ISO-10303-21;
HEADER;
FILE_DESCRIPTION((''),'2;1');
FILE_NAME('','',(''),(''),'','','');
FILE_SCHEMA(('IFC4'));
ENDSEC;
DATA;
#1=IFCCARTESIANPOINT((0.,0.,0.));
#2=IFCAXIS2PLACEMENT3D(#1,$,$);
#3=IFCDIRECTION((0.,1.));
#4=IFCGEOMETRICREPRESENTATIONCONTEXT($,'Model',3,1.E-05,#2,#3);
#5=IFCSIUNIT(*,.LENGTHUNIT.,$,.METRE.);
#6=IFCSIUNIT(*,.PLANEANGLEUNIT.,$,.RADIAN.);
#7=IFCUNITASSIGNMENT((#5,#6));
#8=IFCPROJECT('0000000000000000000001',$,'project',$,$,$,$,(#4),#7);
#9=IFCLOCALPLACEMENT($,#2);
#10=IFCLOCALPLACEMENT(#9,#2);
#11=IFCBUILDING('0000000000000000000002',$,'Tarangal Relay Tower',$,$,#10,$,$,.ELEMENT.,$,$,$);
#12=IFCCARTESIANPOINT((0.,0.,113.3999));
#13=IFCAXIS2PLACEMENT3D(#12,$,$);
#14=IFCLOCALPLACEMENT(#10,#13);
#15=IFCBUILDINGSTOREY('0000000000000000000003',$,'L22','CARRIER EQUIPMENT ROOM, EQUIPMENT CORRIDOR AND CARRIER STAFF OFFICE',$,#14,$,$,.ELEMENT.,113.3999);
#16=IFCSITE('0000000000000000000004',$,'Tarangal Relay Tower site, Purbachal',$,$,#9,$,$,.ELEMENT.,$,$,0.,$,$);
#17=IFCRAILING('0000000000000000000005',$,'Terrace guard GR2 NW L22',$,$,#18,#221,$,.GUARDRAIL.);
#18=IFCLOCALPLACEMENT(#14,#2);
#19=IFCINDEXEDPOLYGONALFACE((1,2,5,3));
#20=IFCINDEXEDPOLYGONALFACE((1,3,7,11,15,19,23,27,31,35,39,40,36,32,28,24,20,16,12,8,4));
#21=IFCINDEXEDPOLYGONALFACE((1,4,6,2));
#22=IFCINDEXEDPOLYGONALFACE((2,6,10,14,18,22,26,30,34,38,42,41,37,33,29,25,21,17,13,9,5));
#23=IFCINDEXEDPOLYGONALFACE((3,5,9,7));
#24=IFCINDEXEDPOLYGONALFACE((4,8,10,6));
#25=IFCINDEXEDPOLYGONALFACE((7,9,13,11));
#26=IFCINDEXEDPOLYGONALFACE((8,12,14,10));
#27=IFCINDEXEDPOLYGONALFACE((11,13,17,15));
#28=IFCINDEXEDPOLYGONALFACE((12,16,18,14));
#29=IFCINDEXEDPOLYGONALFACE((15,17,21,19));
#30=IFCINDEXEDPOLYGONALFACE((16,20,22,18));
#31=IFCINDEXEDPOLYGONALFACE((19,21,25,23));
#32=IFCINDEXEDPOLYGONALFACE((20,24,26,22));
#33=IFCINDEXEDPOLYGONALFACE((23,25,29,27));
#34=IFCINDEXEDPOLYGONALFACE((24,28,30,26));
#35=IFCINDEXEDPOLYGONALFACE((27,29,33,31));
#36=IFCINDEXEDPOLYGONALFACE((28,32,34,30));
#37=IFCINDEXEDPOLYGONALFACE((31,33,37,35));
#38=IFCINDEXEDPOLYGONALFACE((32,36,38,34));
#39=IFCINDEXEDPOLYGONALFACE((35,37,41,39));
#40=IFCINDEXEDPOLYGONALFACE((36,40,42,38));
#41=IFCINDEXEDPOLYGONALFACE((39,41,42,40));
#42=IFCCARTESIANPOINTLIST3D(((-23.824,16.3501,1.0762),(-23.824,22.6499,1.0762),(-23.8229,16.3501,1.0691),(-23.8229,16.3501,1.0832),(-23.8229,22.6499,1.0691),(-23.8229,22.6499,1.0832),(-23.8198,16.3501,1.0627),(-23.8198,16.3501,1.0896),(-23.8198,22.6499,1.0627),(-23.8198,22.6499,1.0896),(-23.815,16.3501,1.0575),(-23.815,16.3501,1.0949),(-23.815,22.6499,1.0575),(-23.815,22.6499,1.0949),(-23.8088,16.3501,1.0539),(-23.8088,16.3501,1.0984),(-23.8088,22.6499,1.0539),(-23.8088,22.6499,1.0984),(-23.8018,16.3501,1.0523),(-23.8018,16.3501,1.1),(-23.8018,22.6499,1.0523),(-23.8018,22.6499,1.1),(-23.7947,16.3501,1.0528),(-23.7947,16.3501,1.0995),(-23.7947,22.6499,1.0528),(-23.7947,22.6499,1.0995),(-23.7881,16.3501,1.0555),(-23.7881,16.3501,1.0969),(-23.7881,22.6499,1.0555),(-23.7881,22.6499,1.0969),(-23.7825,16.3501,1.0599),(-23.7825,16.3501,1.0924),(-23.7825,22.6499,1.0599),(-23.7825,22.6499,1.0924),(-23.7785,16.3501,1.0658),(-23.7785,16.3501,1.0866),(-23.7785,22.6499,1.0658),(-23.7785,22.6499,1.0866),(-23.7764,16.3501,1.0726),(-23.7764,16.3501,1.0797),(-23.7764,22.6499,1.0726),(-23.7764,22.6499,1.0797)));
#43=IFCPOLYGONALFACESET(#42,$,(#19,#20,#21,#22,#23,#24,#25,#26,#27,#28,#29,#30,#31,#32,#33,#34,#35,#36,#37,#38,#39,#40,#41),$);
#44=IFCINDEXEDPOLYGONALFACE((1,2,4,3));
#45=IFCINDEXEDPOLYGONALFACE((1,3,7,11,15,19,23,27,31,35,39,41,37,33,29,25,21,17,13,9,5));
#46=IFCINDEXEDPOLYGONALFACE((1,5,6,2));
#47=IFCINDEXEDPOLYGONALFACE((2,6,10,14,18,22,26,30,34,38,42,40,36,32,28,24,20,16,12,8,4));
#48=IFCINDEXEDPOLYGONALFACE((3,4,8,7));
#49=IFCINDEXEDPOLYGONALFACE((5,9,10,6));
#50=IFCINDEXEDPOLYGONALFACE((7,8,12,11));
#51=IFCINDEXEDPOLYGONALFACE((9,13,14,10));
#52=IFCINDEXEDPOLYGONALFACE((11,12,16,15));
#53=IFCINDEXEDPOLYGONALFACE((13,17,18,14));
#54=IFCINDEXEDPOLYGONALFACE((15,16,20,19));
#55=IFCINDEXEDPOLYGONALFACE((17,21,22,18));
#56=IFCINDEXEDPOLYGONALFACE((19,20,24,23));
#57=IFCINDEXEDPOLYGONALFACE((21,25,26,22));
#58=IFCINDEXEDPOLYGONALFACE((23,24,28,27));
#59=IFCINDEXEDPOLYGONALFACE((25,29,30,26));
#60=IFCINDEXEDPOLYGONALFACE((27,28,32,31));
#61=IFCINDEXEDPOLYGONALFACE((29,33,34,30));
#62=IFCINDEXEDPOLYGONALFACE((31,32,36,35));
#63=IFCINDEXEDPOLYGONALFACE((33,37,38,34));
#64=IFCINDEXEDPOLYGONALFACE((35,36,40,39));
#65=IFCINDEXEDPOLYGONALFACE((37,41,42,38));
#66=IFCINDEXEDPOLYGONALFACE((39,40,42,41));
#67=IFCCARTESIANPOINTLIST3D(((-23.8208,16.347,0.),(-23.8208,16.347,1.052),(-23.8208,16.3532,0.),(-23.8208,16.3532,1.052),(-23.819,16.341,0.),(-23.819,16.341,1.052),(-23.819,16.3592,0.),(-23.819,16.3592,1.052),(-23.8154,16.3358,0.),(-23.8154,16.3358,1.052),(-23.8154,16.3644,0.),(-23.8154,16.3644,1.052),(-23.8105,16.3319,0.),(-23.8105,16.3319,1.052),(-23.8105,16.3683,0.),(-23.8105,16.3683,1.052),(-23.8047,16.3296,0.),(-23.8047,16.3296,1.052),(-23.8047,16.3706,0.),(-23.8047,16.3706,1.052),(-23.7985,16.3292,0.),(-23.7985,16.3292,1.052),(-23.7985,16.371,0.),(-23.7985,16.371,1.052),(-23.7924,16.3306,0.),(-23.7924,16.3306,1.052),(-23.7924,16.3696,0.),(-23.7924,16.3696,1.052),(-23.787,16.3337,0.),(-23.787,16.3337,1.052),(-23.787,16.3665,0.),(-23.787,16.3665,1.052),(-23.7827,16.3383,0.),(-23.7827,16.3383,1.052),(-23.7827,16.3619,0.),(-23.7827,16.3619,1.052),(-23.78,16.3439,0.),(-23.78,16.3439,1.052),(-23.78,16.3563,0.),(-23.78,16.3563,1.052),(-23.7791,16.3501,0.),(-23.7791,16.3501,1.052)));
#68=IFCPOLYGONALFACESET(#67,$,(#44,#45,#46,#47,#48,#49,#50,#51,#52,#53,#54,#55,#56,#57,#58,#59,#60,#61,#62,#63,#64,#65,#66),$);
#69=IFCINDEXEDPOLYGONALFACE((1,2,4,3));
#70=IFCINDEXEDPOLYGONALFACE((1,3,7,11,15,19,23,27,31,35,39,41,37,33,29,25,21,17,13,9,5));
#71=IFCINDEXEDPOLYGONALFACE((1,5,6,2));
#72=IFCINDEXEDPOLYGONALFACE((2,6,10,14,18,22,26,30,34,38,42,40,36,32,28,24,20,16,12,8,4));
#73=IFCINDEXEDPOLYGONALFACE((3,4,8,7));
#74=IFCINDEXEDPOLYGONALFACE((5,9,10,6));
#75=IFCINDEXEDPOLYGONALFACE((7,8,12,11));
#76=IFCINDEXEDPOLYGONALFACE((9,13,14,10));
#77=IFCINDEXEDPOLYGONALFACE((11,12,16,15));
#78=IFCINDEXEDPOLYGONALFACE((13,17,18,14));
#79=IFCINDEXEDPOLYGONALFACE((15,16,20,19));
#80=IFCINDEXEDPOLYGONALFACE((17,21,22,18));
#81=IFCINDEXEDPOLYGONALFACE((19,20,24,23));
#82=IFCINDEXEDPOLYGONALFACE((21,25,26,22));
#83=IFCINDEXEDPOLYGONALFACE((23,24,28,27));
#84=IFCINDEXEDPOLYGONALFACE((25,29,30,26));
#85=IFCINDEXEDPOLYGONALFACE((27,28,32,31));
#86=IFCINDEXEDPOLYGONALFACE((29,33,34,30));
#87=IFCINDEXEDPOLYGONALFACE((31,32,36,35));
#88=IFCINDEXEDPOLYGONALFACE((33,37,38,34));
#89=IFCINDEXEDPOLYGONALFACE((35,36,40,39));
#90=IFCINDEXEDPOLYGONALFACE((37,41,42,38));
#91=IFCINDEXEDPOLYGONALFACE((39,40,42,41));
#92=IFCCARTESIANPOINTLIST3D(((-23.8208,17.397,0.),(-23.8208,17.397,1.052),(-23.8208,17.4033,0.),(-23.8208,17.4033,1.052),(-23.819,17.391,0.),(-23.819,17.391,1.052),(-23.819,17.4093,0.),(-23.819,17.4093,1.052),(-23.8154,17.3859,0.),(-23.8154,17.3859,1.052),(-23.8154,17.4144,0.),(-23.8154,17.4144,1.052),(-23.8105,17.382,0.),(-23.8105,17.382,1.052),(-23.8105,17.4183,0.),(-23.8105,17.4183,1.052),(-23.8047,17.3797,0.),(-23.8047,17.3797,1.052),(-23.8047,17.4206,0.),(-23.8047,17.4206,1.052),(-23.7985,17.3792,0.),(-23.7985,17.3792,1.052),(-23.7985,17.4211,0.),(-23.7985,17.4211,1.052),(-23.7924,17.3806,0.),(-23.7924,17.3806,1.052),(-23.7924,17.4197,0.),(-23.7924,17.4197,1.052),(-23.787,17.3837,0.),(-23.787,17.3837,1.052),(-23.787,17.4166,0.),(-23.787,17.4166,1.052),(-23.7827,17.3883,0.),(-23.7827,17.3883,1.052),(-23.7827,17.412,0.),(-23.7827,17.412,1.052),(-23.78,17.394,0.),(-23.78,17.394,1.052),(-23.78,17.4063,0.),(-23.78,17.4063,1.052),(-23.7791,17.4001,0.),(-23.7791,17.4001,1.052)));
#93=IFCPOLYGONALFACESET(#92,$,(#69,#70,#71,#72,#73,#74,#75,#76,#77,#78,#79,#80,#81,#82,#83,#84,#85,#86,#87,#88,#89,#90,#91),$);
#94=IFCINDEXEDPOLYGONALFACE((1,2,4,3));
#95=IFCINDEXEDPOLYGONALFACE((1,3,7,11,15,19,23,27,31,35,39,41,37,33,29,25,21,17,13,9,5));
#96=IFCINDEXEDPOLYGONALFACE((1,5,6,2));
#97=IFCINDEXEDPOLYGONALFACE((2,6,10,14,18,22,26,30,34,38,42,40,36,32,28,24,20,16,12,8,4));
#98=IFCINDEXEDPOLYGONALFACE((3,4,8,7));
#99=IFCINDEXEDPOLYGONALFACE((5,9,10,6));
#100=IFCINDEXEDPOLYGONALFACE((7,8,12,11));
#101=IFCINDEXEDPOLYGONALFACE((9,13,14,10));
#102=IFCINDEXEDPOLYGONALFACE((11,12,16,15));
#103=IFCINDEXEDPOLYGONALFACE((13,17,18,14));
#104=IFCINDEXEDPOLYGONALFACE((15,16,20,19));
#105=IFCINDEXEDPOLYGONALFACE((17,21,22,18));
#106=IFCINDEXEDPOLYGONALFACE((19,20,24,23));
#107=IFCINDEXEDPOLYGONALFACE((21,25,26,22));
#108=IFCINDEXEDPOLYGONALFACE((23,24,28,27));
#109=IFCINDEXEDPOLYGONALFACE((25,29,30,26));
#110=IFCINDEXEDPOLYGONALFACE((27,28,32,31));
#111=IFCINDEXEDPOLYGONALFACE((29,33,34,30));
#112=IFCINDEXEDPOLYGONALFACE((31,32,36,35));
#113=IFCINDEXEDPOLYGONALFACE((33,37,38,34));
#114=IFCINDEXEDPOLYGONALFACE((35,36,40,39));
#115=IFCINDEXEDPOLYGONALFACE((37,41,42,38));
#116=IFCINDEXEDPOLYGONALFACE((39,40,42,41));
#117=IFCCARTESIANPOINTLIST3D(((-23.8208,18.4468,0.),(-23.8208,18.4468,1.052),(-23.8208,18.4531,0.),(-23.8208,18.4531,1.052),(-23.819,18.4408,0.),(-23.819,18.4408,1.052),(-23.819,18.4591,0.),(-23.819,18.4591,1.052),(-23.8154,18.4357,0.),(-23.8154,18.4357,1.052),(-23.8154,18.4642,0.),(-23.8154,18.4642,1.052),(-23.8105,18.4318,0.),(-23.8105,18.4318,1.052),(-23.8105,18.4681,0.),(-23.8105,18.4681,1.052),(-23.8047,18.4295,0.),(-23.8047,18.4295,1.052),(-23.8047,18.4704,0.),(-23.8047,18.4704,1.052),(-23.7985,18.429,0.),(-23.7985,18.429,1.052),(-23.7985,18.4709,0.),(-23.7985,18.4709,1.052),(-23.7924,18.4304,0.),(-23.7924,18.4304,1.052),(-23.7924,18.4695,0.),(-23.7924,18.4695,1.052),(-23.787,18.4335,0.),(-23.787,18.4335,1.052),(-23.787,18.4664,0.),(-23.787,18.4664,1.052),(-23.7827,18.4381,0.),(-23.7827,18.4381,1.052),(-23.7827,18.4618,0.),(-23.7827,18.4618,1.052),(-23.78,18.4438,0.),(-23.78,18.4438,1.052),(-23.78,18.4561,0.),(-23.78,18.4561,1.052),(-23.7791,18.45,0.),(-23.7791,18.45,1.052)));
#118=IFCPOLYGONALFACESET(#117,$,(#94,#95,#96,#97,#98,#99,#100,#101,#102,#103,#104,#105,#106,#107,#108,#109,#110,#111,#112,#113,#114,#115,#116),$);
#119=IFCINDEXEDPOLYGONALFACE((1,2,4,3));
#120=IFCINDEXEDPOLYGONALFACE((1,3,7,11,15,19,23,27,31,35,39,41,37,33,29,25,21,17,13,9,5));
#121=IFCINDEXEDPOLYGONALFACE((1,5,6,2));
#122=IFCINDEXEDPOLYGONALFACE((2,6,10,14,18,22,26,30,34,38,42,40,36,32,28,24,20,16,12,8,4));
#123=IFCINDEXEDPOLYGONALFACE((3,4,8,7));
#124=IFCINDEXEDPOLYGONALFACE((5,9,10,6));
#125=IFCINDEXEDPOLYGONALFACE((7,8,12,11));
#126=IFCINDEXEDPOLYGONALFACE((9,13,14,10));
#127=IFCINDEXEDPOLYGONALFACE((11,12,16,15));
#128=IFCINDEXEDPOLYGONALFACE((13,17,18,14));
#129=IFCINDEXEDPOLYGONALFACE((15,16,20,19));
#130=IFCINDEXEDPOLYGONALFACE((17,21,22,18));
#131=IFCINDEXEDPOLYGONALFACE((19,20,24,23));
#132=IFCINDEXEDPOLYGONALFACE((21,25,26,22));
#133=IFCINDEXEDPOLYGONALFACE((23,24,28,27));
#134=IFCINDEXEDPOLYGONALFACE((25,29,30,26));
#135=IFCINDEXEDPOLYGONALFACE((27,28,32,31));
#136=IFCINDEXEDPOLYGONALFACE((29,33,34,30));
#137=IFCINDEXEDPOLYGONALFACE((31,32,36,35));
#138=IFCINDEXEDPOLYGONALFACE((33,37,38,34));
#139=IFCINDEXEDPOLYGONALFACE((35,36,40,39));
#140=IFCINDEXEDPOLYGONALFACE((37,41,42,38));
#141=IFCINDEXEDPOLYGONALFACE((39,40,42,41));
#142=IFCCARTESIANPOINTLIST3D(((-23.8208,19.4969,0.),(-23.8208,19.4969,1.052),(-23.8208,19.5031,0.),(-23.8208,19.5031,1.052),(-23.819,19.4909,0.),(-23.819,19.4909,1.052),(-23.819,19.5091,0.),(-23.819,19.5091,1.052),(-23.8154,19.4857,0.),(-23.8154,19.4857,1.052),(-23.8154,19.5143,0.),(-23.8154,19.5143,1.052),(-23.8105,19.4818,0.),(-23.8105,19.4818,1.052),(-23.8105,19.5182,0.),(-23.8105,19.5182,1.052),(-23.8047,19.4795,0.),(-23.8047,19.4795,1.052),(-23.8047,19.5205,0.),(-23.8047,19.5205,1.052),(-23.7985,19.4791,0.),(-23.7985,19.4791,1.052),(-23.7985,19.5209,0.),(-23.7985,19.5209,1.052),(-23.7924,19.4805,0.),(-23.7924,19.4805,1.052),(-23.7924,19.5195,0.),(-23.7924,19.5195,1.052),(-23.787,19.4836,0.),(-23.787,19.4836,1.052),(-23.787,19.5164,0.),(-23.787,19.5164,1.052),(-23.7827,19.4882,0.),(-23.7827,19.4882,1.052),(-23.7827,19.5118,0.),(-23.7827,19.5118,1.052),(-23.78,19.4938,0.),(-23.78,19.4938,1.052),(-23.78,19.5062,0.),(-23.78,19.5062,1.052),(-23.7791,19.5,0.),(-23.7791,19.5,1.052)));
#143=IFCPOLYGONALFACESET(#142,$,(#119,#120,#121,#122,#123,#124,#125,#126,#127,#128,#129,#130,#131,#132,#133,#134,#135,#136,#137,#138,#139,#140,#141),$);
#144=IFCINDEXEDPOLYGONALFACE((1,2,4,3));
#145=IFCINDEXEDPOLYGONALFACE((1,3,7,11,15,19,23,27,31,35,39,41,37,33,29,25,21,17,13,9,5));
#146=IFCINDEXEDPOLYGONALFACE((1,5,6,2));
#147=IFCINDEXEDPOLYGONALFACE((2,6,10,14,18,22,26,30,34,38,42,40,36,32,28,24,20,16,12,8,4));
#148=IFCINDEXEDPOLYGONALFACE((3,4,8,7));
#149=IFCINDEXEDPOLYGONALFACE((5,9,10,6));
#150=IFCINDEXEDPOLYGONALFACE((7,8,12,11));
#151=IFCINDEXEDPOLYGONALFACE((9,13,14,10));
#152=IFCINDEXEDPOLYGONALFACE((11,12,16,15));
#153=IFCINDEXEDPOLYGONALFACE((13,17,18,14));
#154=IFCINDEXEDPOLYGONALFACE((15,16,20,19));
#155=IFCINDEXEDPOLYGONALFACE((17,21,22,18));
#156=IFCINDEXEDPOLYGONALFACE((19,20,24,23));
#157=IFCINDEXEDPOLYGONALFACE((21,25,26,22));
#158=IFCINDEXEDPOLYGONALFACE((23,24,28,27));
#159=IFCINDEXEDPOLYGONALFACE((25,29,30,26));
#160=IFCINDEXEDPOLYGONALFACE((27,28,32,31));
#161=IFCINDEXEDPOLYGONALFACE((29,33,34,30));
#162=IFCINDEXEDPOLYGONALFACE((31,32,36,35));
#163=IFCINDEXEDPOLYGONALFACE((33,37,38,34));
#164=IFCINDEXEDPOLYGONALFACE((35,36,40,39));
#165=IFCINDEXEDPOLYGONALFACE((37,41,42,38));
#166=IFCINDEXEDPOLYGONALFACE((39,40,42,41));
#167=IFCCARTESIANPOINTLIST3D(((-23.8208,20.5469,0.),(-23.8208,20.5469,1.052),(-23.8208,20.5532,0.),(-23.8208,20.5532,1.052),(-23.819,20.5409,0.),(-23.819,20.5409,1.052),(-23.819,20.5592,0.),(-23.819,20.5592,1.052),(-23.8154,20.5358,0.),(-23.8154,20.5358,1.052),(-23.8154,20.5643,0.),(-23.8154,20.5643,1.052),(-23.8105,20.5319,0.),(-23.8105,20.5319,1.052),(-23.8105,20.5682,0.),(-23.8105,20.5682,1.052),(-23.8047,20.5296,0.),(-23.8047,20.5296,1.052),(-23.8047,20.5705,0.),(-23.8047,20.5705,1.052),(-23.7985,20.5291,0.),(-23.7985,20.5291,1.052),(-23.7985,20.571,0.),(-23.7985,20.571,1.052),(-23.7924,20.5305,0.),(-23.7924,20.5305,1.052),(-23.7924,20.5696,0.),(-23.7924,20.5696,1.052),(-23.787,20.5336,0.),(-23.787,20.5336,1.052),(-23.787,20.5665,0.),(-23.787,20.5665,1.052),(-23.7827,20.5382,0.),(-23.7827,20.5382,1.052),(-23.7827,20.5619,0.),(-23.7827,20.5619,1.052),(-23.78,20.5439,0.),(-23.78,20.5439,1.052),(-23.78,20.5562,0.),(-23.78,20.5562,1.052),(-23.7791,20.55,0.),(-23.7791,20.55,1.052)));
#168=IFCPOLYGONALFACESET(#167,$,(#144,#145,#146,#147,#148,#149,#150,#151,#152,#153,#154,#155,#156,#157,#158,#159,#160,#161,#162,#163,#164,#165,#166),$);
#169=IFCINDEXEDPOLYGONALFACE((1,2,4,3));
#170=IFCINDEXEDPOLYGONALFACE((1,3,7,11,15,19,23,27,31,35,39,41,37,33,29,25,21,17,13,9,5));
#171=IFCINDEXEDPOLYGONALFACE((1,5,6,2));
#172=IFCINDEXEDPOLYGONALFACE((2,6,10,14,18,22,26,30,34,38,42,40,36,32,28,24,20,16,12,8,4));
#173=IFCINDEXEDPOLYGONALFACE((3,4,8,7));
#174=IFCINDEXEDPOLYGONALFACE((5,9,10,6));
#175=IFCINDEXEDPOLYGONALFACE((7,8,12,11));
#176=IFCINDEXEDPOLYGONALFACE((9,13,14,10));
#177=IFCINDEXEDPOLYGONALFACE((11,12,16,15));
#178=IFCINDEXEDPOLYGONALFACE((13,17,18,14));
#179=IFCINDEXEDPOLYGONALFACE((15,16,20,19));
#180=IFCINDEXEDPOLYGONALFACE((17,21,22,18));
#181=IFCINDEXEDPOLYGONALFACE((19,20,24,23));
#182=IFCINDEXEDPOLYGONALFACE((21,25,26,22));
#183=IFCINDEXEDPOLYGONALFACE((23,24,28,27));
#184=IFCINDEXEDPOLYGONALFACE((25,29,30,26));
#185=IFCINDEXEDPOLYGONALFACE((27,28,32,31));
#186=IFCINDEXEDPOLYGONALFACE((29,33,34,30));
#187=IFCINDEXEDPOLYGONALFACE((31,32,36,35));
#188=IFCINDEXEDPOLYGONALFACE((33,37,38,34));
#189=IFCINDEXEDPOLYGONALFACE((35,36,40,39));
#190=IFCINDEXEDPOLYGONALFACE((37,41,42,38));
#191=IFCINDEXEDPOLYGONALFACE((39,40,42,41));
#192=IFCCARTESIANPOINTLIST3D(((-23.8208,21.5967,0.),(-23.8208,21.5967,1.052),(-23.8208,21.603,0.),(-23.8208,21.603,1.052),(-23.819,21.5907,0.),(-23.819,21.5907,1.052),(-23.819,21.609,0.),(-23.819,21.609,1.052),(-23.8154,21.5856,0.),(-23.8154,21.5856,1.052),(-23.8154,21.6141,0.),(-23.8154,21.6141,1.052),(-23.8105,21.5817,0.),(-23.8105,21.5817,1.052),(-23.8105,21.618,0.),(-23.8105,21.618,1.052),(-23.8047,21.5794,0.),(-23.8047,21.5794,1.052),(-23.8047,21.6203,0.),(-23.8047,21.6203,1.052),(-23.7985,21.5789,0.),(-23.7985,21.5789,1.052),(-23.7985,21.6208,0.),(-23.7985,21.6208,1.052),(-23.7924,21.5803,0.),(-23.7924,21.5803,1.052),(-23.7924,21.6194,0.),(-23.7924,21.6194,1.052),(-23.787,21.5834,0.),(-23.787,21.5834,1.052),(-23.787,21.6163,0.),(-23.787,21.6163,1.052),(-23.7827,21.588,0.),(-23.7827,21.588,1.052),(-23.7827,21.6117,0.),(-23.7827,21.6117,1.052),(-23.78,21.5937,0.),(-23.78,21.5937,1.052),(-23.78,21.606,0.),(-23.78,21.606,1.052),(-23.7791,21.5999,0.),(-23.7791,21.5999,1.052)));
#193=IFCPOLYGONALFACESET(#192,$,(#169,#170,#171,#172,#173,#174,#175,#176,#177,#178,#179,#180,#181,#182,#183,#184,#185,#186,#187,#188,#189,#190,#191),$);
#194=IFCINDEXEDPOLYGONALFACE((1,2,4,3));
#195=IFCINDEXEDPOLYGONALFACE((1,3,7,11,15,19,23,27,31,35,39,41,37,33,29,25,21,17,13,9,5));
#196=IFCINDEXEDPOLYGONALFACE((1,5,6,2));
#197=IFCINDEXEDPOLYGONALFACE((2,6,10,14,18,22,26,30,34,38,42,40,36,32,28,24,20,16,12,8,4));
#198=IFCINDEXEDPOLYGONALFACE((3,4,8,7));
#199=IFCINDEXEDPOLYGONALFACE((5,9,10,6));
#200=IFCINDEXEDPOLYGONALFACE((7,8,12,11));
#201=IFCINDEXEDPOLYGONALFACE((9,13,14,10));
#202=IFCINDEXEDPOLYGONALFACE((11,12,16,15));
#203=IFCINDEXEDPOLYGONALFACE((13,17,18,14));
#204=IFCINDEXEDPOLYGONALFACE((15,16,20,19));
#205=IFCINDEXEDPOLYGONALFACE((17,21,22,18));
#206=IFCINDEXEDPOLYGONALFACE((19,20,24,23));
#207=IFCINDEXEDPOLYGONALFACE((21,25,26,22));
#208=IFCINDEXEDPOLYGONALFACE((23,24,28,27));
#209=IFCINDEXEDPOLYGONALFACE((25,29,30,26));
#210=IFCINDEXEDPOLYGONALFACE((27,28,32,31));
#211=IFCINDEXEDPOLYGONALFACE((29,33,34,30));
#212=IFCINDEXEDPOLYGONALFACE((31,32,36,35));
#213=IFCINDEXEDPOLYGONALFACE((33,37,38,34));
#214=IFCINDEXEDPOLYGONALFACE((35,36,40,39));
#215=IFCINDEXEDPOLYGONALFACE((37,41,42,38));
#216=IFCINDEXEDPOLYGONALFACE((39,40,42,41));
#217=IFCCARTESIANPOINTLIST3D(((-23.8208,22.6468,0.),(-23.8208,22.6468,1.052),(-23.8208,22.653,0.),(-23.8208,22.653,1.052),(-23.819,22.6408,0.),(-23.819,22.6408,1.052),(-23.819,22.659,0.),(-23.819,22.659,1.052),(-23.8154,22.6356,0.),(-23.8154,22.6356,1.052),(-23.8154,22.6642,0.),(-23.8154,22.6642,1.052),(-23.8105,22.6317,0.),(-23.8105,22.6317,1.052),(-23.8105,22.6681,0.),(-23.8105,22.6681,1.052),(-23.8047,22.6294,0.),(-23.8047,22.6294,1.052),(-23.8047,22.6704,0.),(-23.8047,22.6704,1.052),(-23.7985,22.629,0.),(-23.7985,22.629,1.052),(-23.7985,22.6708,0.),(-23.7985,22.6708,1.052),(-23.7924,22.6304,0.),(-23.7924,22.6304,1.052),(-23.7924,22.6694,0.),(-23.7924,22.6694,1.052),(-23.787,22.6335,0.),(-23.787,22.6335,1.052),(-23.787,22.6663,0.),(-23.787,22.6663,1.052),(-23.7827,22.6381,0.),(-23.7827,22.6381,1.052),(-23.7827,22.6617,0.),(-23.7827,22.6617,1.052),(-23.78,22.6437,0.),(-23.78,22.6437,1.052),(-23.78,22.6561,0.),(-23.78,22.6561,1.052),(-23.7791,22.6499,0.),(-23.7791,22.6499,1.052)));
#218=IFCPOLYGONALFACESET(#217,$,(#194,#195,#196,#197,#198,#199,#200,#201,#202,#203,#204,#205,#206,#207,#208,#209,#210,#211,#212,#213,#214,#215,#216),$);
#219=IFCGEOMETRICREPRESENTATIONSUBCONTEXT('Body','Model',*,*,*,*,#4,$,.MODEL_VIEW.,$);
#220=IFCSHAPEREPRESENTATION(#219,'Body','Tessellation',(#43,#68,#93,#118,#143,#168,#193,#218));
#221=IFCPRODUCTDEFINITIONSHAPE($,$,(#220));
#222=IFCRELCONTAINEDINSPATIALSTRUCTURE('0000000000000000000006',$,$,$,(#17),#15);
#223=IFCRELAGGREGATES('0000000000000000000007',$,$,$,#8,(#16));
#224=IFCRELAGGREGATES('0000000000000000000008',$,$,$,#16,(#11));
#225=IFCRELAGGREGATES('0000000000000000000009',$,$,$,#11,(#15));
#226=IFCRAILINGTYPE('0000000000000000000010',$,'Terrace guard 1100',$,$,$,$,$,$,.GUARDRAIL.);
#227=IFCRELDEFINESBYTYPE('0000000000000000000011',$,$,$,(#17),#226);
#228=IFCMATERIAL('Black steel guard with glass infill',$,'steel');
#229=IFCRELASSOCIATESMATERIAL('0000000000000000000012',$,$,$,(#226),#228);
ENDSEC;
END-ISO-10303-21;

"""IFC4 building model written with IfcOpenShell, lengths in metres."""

from ifc_helpers import new_model, si_unit, direction, frame, origin, origin_2d, place, context, subcontext, project, spatial, circle, extrude, material, type_object, element, save


model = new_model("IFC4")

# Units and contexts
model_context = context("Model", 3, precision=1e-05, world=origin(), true_north=direction((0.0, 1.0)))
body_context = subcontext(model_context, "Body", "Model", "MODEL_VIEW")
ifc_project = project(units=[si_unit("LENGTHUNIT", "METRE"), si_unit("PLANEANGLEUNIT", "RADIAN")], contexts=[model_context])

# Site, building, storey
site_placement = place(None, origin())
site = spatial("IfcSite", under=ifc_project, at=site_placement, Name="Tarangal Relay Tower site, Purbachal", CompositionType="ELEMENT", RefElevation=0.0)
building_placement = place(site_placement, origin())
building = spatial("IfcBuilding", under=site, at=building_placement, Name="Tarangal Relay Tower", CompositionType="ELEMENT")
storey_placement = place(building_placement, frame((0.0, 0.0, 113.3999)))
storey = spatial("IfcBuildingStorey", under=building, at=storey_placement, Name="L22", Description="CARRIER EQUIPMENT ROOM, EQUIPMENT CORRIDOR AND CARRIER STAFF OFFICE", CompositionType="ELEMENT", Elevation=113.3999)

# Railing
ifc_material_1 = material(Name="Black steel guard with glass infill", Category="steel")
railing_type = type_object("IfcRailingType", Name="Terrace guard 1100", PredefinedType="GUARDRAIL", material=ifc_material_1)
railing_1_placement = place(storey_placement, frame((-23.8, 16.3501, 0.0)))
element("IfcRailing", 1, at=railing_1_placement, inside=storey, type_object=railing_type, Name="Terrace guard GR2 NW L22", PredefinedType="GUARDRAIL", context=body_context, shape_type="SweptSolid", body=[
    extrude(circle(Radius=0.0239, at=origin_2d()), frame((0.0, 0.0, 1.0762), z_axis=(0.0, 1.0, 0.0), x_axis=(-1.0, 0.0, 0.0)), (0.0, 0.0, 1.0), 6.2998),
    extrude(circle(Radius=0.021, at=origin_2d()), origin(), (0.0, 0.0, 1.0), 1.052),
    extrude(circle(Radius=0.021, at=origin_2d()), frame((0.0, 1.05, 0.0)), (0.0, 0.0, 1.0), 1.052),
    extrude(circle(Radius=0.021, at=origin_2d()), frame((0.0, 2.0999, 0.0)), (0.0, 0.0, 1.0), 1.052),
    extrude(circle(Radius=0.021, at=origin_2d()), frame((0.0, 3.1499, 0.0)), (0.0, 0.0, 1.0), 1.052),
    extrude(circle(Radius=0.021, at=origin_2d()), frame((0.0, 4.2, 0.0)), (0.0, 0.0, 1.0), 1.052),
    extrude(circle(Radius=0.021, at=origin_2d()), frame((0.0, 5.2498, 0.0)), (0.0, 0.0, 1.0), 1.052),
    extrude(circle(Radius=0.021, at=origin_2d()), frame((0.0, 6.2998, 0.0)), (0.0, 0.0, 1.0), 1.052),
])

save(model, "model.ifc")
